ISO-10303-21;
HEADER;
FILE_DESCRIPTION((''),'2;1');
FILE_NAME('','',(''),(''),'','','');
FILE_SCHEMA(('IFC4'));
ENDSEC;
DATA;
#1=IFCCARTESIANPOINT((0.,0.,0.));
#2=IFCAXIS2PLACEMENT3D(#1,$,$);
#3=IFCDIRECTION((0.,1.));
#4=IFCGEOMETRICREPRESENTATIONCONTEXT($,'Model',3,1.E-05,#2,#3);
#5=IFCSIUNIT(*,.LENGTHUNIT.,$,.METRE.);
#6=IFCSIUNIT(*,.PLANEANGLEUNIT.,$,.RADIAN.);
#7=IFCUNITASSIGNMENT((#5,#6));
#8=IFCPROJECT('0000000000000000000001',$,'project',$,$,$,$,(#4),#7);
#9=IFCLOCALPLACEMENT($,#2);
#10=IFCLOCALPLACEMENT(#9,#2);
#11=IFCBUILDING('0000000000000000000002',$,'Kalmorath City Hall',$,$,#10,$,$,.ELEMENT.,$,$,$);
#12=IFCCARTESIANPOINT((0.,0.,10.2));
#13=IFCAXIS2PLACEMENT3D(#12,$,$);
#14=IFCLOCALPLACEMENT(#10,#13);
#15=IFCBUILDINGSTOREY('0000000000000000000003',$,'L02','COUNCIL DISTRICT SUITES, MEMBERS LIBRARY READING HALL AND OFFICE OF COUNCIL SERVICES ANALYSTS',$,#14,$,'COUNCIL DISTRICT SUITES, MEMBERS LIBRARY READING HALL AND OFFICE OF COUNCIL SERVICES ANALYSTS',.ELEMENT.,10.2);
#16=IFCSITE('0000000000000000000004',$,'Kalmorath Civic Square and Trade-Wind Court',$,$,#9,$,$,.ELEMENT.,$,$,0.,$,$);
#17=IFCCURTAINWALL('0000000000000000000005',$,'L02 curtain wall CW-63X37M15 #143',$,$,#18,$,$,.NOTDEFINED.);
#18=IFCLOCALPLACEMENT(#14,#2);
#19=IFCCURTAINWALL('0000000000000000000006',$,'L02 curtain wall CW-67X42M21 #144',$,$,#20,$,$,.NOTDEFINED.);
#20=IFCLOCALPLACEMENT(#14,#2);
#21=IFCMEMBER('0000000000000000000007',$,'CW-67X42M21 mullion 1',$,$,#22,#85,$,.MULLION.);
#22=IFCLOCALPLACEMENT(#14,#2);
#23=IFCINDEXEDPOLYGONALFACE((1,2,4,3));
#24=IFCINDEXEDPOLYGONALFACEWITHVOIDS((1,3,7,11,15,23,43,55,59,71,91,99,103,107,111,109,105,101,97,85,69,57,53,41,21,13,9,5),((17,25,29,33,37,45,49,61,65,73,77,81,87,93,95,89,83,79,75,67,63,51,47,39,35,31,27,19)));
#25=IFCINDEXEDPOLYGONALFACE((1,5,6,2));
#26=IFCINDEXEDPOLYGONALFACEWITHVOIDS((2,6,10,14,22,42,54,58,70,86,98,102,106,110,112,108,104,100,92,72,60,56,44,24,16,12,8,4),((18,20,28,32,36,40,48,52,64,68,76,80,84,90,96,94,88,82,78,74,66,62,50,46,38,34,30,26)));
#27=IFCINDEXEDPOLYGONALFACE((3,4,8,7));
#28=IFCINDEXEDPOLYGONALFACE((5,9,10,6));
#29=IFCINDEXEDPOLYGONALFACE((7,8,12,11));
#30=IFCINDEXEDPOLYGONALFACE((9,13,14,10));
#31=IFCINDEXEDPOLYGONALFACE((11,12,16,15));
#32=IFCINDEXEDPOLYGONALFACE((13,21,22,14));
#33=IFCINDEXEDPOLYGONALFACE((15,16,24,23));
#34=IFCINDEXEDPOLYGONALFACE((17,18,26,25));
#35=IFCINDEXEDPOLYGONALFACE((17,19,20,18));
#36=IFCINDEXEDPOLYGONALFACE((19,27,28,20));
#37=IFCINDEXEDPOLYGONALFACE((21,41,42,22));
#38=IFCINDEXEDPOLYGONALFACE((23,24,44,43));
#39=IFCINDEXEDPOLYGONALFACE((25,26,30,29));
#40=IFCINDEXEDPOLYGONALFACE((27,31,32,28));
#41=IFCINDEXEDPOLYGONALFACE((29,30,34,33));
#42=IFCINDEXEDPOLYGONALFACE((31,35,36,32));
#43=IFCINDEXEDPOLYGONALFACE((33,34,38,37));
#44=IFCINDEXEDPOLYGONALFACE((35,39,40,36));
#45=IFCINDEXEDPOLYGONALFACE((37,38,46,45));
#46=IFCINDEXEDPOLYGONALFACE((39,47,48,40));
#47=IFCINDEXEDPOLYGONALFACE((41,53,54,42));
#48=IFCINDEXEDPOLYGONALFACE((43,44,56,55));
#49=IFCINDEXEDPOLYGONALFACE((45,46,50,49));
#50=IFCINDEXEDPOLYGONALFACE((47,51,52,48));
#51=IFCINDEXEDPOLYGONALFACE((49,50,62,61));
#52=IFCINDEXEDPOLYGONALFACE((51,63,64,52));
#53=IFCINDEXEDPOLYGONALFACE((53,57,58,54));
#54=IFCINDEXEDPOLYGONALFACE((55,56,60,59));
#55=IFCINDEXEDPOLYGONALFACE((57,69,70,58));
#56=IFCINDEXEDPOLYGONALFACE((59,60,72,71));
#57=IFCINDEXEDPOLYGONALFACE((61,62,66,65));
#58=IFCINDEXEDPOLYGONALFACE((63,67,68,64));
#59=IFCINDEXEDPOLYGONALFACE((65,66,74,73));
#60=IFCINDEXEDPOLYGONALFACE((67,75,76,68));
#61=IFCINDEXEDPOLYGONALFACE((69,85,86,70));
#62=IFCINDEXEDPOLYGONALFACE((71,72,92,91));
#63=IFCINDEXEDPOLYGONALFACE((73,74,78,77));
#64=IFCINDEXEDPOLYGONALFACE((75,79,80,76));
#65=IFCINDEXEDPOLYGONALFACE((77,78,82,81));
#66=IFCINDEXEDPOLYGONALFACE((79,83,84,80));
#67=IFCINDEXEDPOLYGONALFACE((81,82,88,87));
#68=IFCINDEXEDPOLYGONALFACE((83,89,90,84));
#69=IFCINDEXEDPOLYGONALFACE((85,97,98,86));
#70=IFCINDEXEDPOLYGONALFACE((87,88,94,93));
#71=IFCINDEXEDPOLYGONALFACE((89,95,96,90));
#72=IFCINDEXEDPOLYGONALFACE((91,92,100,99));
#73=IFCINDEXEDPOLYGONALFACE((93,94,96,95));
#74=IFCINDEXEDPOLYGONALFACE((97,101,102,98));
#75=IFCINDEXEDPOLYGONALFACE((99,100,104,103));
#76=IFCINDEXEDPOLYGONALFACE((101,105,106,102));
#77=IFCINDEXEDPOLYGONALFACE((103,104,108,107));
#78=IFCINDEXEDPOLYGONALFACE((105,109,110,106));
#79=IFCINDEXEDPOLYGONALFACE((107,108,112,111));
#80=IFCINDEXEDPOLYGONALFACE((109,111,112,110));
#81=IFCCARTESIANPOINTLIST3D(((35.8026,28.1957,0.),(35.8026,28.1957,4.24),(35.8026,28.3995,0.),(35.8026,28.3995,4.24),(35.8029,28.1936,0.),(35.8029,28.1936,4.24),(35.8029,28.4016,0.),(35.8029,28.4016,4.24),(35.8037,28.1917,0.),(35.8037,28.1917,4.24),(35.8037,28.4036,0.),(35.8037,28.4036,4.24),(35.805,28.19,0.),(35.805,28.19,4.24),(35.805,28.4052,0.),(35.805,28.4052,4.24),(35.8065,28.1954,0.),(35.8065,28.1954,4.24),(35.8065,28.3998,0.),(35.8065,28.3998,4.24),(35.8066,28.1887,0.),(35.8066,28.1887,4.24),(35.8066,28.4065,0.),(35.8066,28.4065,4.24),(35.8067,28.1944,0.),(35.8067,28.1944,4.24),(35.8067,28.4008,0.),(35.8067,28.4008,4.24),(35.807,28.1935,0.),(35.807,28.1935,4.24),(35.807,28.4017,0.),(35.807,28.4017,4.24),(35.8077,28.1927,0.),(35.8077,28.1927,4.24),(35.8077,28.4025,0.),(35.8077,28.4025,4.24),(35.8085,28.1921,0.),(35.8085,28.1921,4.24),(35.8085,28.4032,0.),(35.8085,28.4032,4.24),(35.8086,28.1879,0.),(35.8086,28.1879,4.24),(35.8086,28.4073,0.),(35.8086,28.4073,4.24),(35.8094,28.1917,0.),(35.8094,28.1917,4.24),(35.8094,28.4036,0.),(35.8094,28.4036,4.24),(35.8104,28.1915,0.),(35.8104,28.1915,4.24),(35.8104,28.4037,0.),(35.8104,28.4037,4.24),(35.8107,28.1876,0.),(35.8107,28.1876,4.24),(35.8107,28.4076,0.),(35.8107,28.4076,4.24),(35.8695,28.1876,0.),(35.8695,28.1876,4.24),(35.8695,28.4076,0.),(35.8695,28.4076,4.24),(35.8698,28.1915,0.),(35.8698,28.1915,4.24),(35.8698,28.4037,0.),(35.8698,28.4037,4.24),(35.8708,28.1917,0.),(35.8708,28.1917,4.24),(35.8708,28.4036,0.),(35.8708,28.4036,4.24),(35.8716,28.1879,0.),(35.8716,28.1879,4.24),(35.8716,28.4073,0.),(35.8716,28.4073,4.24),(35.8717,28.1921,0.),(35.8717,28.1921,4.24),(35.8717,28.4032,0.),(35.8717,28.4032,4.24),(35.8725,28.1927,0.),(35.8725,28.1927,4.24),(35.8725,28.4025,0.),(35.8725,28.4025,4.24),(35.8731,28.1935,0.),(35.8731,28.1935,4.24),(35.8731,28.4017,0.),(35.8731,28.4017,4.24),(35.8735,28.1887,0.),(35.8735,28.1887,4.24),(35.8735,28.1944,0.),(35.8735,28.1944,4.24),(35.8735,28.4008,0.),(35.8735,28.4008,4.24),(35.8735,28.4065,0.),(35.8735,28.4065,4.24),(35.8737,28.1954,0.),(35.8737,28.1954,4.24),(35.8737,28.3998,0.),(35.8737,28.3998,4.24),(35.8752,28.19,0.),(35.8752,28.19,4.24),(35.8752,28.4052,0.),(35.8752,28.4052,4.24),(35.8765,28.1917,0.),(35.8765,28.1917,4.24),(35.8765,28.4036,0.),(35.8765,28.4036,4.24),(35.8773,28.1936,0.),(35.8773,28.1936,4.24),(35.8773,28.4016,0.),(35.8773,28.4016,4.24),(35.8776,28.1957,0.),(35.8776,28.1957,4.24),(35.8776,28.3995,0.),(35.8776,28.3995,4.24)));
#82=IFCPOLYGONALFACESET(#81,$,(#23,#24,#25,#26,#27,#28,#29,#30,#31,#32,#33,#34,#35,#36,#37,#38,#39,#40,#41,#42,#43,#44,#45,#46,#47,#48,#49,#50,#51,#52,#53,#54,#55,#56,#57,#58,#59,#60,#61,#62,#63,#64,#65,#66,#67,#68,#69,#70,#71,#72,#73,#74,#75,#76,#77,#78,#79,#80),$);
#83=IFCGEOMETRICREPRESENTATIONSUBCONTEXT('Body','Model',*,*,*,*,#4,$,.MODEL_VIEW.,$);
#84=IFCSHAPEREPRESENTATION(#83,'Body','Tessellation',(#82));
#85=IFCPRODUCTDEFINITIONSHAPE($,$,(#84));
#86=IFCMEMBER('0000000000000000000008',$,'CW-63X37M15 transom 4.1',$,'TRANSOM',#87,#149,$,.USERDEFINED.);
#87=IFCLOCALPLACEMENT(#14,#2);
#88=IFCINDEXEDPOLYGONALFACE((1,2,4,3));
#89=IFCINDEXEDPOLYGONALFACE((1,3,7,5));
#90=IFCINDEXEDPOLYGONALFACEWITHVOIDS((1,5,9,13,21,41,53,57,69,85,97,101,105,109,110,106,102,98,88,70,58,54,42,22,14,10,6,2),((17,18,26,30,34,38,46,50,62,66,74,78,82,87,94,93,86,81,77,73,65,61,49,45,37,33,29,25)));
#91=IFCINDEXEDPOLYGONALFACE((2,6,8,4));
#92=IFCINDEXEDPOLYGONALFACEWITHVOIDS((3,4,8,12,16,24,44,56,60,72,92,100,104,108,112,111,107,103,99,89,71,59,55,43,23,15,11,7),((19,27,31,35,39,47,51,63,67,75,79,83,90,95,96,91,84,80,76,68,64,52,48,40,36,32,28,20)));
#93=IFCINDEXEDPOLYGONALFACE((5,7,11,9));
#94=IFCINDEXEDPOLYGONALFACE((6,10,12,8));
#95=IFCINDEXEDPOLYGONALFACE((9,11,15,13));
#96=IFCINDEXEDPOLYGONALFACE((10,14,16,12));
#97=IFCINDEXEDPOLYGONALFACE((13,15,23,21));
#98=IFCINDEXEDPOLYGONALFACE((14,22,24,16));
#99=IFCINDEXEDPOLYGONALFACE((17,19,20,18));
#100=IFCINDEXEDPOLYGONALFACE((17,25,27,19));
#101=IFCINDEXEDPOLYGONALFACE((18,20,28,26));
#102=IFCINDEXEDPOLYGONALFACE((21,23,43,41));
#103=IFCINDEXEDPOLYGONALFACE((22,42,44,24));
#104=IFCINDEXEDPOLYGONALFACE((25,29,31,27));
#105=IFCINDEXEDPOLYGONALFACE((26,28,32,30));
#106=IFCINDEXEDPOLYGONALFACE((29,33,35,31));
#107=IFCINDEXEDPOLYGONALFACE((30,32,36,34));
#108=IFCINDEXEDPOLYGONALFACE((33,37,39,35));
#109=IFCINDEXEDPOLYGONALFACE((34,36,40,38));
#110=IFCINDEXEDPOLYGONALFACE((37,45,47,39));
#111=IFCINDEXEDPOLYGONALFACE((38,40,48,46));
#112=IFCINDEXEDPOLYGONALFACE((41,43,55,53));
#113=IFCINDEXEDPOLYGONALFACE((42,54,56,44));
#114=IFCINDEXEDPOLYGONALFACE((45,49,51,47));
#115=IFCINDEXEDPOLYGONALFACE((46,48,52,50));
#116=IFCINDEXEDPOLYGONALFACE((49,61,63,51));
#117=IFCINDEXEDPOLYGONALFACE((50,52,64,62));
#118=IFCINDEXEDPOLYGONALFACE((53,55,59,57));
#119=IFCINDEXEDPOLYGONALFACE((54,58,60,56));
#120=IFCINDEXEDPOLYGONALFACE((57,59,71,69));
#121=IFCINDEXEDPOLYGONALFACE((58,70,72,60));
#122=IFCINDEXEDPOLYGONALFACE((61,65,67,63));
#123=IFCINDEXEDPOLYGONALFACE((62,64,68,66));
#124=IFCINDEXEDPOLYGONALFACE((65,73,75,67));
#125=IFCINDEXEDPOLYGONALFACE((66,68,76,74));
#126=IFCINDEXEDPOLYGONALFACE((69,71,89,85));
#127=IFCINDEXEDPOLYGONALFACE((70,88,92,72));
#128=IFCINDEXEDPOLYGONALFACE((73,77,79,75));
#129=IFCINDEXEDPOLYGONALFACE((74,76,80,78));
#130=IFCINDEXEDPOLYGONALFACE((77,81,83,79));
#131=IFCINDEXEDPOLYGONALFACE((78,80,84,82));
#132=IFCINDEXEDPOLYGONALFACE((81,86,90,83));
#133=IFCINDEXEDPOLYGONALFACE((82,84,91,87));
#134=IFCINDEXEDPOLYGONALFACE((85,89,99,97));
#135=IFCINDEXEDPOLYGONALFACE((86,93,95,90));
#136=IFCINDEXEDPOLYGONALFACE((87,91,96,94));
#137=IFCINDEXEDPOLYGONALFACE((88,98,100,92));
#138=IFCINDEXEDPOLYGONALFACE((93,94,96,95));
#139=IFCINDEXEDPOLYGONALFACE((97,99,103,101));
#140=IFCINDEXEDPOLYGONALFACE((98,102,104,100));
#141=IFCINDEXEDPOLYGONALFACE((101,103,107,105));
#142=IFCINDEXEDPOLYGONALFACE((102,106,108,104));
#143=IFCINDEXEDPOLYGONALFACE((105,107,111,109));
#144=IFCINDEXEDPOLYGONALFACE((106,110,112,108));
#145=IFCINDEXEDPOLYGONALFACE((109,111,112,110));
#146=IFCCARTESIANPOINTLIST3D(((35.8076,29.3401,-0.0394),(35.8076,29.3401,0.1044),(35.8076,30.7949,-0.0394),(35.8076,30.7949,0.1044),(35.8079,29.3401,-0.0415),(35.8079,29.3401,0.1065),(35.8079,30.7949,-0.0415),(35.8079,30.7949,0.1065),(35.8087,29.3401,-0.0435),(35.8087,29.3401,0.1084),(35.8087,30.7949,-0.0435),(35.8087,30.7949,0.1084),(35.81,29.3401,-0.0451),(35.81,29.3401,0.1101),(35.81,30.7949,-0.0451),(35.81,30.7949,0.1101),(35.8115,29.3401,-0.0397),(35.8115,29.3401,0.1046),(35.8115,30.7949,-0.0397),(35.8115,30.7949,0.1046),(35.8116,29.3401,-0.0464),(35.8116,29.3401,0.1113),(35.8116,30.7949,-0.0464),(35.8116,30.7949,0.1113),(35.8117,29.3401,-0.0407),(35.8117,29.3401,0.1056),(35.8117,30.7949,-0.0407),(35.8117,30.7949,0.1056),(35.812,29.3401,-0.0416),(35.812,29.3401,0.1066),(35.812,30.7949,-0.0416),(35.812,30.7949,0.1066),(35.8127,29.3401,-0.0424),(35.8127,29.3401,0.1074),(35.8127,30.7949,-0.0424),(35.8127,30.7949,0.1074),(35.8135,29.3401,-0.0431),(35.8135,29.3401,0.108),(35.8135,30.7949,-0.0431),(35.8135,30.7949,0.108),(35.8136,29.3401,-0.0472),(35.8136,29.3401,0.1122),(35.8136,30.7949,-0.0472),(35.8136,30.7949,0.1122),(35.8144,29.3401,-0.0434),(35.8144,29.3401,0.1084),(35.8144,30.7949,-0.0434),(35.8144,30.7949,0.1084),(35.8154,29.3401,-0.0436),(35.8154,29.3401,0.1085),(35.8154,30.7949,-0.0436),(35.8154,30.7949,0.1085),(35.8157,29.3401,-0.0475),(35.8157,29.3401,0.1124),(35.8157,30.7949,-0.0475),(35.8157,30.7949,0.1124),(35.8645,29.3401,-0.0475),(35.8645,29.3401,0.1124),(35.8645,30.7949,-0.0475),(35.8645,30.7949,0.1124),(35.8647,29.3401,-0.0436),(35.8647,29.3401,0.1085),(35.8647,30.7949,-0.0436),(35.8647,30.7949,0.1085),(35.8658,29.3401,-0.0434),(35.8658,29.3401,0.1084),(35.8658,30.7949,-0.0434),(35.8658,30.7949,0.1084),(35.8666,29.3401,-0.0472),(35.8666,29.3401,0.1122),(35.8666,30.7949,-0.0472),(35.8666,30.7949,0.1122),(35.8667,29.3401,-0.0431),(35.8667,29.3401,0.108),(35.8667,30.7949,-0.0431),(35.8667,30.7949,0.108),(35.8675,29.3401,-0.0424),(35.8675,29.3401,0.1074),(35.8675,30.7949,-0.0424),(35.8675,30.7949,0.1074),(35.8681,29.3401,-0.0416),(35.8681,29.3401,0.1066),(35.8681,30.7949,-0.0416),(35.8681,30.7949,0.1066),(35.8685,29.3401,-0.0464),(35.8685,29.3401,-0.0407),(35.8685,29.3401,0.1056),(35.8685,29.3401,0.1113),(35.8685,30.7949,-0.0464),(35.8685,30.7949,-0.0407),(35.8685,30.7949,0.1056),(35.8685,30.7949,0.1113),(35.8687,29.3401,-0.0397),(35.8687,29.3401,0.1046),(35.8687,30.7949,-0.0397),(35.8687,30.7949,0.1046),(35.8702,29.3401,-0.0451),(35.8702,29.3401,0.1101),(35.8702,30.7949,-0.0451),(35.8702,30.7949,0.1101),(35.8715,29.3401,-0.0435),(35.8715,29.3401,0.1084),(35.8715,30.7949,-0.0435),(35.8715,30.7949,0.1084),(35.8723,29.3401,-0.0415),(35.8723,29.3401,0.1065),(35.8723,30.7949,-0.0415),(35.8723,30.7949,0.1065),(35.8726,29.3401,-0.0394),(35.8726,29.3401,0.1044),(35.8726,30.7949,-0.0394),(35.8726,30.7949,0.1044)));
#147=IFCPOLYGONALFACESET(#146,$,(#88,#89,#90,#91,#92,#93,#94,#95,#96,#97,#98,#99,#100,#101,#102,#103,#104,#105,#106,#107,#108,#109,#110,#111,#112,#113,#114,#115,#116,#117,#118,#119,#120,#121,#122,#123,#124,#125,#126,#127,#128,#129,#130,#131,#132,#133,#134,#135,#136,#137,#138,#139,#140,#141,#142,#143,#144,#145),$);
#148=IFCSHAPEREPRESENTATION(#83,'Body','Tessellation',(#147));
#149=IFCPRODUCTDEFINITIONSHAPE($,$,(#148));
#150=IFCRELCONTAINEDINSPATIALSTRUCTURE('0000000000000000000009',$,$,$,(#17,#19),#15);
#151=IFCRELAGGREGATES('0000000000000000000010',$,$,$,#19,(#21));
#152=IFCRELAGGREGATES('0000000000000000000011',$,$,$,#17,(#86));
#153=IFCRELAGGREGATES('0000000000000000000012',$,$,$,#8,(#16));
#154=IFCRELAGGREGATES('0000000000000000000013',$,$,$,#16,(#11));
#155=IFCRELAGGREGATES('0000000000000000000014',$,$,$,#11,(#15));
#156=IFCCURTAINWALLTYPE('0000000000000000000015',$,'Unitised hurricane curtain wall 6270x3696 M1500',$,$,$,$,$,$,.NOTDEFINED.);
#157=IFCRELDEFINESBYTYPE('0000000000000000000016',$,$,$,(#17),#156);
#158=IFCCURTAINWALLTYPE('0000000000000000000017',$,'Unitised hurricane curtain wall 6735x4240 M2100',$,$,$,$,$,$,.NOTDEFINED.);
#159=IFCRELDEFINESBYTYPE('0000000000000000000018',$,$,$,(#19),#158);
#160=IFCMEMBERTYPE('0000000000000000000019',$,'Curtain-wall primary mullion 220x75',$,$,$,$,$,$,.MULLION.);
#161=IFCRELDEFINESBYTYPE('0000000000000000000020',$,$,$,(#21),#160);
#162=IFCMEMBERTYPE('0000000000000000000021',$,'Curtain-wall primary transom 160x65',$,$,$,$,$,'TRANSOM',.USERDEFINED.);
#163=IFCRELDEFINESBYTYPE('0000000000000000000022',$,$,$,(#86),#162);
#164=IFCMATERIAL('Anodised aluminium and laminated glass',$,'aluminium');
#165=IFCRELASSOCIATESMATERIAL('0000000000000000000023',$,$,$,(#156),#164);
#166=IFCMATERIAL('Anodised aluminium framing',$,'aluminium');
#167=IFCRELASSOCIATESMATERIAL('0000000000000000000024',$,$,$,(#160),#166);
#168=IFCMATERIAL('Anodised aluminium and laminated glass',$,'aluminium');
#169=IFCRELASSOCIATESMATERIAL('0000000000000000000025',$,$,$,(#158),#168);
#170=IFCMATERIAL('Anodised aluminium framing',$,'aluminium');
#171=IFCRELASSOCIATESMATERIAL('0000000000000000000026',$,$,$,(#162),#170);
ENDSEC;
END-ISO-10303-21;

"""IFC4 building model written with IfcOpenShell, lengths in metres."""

from ifc_helpers import new_model, si_unit, direction, frame, origin, origin_2d, place, context, subcontext, project, spatial, hollow_rectangle, extrude, material, material_profile, profile_set, type_object, element, aggregate, save


model = new_model("IFC4")

# Units and contexts
model_context = context("Model", 3, precision=1e-05, world=origin(), true_north=direction((0.0, 1.0)))
body_context = subcontext(model_context, "Body", "Model", "MODEL_VIEW")
ifc_project = project(units=[si_unit("LENGTHUNIT", "METRE"), si_unit("PLANEANGLEUNIT", "RADIAN")], contexts=[model_context])

# Site, building, storey
site_placement = place(None, origin())
site = spatial("IfcSite", under=ifc_project, at=site_placement, Name="Kalmorath Civic Square and Trade-Wind Court", CompositionType="ELEMENT", RefElevation=0.0)
building_placement = place(site_placement, origin())
building = spatial("IfcBuilding", under=site, at=building_placement, Name="Kalmorath City Hall", CompositionType="ELEMENT")
storey_placement = place(building_placement, frame((0.0, 0.0, 10.2)))
storey = spatial("IfcBuildingStorey", under=building, at=storey_placement, Name="L02", Description="COUNCIL DISTRICT SUITES, MEMBERS LIBRARY READING HALL AND OFFICE OF COUNCIL SERVICES ANALYSTS", LongName="COUNCIL DISTRICT SUITES, MEMBERS LIBRARY READING HALL AND OFFICE OF COUNCIL SERVICES ANALYSTS", CompositionType="ELEMENT", Elevation=10.2)

# Curtain wall
ifc_material_1 = material(Name="Anodised aluminium and laminated glass", Category="aluminium")
curtain_wall_type_1 = type_object("IfcCurtainWallType", Name="Unitised hurricane curtain wall 6270x3696 M1500", PredefinedType="NOTDEFINED", material=ifc_material_1)
curtain_wall_1_placement = place(storey_placement, origin())
curtain_wall_1 = element("IfcCurtainWall", 1, at=curtain_wall_1_placement, inside=storey, type_object=curtain_wall_type_1, Name="L02 curtain wall CW-63X37M15 #143", PredefinedType="NOTDEFINED")
ifc_material_2 = material(Name="Anodised aluminium framing", Category="aluminium")
ifc_material_profile_1 = material_profile(ifc_material_2, hollow_rectangle(XDim=0.075, YDim=0.22, WallThickness=0.0039, InnerFilletRadius=0.0039, OuterFilletRadius=0.0081, at=origin_2d()), Name="ALU-MUL-220X75X4")
ifc_profile_set_1 = profile_set([ifc_material_profile_1], Name="Anodised aluminium framing")
member_type_1 = type_object("IfcMemberType", Name="Curtain-wall primary mullion 220x75", PredefinedType="MULLION", material=ifc_profile_set_1)

# Curtain wall, member
ifc_material_3 = material(Name="Anodised aluminium and laminated glass", Category="aluminium")
curtain_wall_type_2 = type_object("IfcCurtainWallType", Name="Unitised hurricane curtain wall 6735x4240 M2100", PredefinedType="NOTDEFINED", material=ifc_material_3)
curtain_wall_2_placement = place(storey_placement, origin())
curtain_wall_2 = element("IfcCurtainWall", 2, at=curtain_wall_2_placement, inside=storey, type_object=curtain_wall_type_2, Name="L02 curtain wall CW-67X42M21 #144", PredefinedType="NOTDEFINED")
member_1_placement = place(storey_placement, frame((35.8401, 28.2976, 0.0), z_axis=(0.0, 0.0, 1.0), x_axis=(1.0, 0.0, 0.0)))
member_1 = element("IfcMember", 3, at=member_1_placement, type_object=member_type_1, Name="CW-67X42M21 mullion 1", PredefinedType="MULLION", context=body_context, shape_type="SweptSolid", body=[
    extrude(hollow_rectangle(XDim=0.075, YDim=0.22, WallThickness=0.0039, InnerFilletRadius=0.0039, OuterFilletRadius=0.0081, at=origin_2d()), origin(), (0.0, 0.0, 1.0), 4.24),
])
aggregate(curtain_wall_2, [member_1])

# Member
ifc_material_4 = material(Name="Anodised aluminium framing", Category="aluminium")
ifc_material_profile_2 = material_profile(ifc_material_4, hollow_rectangle(XDim=0.0649, YDim=0.1599, WallThickness=0.0039, InnerFilletRadius=0.0039, OuterFilletRadius=0.0081, at=origin_2d()), Name="ALU-TRN-160X65X4")
ifc_profile_set_2 = profile_set([ifc_material_profile_2], Name="Anodised aluminium framing")
member_type_2 = type_object("IfcMemberType", Name="Curtain-wall primary transom 160x65", ElementType="TRANSOM", PredefinedType="USERDEFINED", material=ifc_profile_set_2)
member_2_placement = place(storey_placement, frame((35.8401, 30.7949, 0.0325), z_axis=(0.0, -1.0, 0.0), x_axis=(1.0, 0.0, 0.0)))
member_2 = element("IfcMember", 4, at=member_2_placement, type_object=member_type_2, Name="CW-63X37M15 transom 4.1", ObjectType="TRANSOM", PredefinedType="USERDEFINED", context=body_context, shape_type="SweptSolid", body=[
    extrude(hollow_rectangle(XDim=0.0649, YDim=0.1599, WallThickness=0.0039, InnerFilletRadius=0.0039, OuterFilletRadius=0.0081, at=origin_2d()), origin(), (0.0, 0.0, 1.0), 1.4548),
])

aggregate(curtain_wall_1, [member_2])

save(model, "model.ifc")
